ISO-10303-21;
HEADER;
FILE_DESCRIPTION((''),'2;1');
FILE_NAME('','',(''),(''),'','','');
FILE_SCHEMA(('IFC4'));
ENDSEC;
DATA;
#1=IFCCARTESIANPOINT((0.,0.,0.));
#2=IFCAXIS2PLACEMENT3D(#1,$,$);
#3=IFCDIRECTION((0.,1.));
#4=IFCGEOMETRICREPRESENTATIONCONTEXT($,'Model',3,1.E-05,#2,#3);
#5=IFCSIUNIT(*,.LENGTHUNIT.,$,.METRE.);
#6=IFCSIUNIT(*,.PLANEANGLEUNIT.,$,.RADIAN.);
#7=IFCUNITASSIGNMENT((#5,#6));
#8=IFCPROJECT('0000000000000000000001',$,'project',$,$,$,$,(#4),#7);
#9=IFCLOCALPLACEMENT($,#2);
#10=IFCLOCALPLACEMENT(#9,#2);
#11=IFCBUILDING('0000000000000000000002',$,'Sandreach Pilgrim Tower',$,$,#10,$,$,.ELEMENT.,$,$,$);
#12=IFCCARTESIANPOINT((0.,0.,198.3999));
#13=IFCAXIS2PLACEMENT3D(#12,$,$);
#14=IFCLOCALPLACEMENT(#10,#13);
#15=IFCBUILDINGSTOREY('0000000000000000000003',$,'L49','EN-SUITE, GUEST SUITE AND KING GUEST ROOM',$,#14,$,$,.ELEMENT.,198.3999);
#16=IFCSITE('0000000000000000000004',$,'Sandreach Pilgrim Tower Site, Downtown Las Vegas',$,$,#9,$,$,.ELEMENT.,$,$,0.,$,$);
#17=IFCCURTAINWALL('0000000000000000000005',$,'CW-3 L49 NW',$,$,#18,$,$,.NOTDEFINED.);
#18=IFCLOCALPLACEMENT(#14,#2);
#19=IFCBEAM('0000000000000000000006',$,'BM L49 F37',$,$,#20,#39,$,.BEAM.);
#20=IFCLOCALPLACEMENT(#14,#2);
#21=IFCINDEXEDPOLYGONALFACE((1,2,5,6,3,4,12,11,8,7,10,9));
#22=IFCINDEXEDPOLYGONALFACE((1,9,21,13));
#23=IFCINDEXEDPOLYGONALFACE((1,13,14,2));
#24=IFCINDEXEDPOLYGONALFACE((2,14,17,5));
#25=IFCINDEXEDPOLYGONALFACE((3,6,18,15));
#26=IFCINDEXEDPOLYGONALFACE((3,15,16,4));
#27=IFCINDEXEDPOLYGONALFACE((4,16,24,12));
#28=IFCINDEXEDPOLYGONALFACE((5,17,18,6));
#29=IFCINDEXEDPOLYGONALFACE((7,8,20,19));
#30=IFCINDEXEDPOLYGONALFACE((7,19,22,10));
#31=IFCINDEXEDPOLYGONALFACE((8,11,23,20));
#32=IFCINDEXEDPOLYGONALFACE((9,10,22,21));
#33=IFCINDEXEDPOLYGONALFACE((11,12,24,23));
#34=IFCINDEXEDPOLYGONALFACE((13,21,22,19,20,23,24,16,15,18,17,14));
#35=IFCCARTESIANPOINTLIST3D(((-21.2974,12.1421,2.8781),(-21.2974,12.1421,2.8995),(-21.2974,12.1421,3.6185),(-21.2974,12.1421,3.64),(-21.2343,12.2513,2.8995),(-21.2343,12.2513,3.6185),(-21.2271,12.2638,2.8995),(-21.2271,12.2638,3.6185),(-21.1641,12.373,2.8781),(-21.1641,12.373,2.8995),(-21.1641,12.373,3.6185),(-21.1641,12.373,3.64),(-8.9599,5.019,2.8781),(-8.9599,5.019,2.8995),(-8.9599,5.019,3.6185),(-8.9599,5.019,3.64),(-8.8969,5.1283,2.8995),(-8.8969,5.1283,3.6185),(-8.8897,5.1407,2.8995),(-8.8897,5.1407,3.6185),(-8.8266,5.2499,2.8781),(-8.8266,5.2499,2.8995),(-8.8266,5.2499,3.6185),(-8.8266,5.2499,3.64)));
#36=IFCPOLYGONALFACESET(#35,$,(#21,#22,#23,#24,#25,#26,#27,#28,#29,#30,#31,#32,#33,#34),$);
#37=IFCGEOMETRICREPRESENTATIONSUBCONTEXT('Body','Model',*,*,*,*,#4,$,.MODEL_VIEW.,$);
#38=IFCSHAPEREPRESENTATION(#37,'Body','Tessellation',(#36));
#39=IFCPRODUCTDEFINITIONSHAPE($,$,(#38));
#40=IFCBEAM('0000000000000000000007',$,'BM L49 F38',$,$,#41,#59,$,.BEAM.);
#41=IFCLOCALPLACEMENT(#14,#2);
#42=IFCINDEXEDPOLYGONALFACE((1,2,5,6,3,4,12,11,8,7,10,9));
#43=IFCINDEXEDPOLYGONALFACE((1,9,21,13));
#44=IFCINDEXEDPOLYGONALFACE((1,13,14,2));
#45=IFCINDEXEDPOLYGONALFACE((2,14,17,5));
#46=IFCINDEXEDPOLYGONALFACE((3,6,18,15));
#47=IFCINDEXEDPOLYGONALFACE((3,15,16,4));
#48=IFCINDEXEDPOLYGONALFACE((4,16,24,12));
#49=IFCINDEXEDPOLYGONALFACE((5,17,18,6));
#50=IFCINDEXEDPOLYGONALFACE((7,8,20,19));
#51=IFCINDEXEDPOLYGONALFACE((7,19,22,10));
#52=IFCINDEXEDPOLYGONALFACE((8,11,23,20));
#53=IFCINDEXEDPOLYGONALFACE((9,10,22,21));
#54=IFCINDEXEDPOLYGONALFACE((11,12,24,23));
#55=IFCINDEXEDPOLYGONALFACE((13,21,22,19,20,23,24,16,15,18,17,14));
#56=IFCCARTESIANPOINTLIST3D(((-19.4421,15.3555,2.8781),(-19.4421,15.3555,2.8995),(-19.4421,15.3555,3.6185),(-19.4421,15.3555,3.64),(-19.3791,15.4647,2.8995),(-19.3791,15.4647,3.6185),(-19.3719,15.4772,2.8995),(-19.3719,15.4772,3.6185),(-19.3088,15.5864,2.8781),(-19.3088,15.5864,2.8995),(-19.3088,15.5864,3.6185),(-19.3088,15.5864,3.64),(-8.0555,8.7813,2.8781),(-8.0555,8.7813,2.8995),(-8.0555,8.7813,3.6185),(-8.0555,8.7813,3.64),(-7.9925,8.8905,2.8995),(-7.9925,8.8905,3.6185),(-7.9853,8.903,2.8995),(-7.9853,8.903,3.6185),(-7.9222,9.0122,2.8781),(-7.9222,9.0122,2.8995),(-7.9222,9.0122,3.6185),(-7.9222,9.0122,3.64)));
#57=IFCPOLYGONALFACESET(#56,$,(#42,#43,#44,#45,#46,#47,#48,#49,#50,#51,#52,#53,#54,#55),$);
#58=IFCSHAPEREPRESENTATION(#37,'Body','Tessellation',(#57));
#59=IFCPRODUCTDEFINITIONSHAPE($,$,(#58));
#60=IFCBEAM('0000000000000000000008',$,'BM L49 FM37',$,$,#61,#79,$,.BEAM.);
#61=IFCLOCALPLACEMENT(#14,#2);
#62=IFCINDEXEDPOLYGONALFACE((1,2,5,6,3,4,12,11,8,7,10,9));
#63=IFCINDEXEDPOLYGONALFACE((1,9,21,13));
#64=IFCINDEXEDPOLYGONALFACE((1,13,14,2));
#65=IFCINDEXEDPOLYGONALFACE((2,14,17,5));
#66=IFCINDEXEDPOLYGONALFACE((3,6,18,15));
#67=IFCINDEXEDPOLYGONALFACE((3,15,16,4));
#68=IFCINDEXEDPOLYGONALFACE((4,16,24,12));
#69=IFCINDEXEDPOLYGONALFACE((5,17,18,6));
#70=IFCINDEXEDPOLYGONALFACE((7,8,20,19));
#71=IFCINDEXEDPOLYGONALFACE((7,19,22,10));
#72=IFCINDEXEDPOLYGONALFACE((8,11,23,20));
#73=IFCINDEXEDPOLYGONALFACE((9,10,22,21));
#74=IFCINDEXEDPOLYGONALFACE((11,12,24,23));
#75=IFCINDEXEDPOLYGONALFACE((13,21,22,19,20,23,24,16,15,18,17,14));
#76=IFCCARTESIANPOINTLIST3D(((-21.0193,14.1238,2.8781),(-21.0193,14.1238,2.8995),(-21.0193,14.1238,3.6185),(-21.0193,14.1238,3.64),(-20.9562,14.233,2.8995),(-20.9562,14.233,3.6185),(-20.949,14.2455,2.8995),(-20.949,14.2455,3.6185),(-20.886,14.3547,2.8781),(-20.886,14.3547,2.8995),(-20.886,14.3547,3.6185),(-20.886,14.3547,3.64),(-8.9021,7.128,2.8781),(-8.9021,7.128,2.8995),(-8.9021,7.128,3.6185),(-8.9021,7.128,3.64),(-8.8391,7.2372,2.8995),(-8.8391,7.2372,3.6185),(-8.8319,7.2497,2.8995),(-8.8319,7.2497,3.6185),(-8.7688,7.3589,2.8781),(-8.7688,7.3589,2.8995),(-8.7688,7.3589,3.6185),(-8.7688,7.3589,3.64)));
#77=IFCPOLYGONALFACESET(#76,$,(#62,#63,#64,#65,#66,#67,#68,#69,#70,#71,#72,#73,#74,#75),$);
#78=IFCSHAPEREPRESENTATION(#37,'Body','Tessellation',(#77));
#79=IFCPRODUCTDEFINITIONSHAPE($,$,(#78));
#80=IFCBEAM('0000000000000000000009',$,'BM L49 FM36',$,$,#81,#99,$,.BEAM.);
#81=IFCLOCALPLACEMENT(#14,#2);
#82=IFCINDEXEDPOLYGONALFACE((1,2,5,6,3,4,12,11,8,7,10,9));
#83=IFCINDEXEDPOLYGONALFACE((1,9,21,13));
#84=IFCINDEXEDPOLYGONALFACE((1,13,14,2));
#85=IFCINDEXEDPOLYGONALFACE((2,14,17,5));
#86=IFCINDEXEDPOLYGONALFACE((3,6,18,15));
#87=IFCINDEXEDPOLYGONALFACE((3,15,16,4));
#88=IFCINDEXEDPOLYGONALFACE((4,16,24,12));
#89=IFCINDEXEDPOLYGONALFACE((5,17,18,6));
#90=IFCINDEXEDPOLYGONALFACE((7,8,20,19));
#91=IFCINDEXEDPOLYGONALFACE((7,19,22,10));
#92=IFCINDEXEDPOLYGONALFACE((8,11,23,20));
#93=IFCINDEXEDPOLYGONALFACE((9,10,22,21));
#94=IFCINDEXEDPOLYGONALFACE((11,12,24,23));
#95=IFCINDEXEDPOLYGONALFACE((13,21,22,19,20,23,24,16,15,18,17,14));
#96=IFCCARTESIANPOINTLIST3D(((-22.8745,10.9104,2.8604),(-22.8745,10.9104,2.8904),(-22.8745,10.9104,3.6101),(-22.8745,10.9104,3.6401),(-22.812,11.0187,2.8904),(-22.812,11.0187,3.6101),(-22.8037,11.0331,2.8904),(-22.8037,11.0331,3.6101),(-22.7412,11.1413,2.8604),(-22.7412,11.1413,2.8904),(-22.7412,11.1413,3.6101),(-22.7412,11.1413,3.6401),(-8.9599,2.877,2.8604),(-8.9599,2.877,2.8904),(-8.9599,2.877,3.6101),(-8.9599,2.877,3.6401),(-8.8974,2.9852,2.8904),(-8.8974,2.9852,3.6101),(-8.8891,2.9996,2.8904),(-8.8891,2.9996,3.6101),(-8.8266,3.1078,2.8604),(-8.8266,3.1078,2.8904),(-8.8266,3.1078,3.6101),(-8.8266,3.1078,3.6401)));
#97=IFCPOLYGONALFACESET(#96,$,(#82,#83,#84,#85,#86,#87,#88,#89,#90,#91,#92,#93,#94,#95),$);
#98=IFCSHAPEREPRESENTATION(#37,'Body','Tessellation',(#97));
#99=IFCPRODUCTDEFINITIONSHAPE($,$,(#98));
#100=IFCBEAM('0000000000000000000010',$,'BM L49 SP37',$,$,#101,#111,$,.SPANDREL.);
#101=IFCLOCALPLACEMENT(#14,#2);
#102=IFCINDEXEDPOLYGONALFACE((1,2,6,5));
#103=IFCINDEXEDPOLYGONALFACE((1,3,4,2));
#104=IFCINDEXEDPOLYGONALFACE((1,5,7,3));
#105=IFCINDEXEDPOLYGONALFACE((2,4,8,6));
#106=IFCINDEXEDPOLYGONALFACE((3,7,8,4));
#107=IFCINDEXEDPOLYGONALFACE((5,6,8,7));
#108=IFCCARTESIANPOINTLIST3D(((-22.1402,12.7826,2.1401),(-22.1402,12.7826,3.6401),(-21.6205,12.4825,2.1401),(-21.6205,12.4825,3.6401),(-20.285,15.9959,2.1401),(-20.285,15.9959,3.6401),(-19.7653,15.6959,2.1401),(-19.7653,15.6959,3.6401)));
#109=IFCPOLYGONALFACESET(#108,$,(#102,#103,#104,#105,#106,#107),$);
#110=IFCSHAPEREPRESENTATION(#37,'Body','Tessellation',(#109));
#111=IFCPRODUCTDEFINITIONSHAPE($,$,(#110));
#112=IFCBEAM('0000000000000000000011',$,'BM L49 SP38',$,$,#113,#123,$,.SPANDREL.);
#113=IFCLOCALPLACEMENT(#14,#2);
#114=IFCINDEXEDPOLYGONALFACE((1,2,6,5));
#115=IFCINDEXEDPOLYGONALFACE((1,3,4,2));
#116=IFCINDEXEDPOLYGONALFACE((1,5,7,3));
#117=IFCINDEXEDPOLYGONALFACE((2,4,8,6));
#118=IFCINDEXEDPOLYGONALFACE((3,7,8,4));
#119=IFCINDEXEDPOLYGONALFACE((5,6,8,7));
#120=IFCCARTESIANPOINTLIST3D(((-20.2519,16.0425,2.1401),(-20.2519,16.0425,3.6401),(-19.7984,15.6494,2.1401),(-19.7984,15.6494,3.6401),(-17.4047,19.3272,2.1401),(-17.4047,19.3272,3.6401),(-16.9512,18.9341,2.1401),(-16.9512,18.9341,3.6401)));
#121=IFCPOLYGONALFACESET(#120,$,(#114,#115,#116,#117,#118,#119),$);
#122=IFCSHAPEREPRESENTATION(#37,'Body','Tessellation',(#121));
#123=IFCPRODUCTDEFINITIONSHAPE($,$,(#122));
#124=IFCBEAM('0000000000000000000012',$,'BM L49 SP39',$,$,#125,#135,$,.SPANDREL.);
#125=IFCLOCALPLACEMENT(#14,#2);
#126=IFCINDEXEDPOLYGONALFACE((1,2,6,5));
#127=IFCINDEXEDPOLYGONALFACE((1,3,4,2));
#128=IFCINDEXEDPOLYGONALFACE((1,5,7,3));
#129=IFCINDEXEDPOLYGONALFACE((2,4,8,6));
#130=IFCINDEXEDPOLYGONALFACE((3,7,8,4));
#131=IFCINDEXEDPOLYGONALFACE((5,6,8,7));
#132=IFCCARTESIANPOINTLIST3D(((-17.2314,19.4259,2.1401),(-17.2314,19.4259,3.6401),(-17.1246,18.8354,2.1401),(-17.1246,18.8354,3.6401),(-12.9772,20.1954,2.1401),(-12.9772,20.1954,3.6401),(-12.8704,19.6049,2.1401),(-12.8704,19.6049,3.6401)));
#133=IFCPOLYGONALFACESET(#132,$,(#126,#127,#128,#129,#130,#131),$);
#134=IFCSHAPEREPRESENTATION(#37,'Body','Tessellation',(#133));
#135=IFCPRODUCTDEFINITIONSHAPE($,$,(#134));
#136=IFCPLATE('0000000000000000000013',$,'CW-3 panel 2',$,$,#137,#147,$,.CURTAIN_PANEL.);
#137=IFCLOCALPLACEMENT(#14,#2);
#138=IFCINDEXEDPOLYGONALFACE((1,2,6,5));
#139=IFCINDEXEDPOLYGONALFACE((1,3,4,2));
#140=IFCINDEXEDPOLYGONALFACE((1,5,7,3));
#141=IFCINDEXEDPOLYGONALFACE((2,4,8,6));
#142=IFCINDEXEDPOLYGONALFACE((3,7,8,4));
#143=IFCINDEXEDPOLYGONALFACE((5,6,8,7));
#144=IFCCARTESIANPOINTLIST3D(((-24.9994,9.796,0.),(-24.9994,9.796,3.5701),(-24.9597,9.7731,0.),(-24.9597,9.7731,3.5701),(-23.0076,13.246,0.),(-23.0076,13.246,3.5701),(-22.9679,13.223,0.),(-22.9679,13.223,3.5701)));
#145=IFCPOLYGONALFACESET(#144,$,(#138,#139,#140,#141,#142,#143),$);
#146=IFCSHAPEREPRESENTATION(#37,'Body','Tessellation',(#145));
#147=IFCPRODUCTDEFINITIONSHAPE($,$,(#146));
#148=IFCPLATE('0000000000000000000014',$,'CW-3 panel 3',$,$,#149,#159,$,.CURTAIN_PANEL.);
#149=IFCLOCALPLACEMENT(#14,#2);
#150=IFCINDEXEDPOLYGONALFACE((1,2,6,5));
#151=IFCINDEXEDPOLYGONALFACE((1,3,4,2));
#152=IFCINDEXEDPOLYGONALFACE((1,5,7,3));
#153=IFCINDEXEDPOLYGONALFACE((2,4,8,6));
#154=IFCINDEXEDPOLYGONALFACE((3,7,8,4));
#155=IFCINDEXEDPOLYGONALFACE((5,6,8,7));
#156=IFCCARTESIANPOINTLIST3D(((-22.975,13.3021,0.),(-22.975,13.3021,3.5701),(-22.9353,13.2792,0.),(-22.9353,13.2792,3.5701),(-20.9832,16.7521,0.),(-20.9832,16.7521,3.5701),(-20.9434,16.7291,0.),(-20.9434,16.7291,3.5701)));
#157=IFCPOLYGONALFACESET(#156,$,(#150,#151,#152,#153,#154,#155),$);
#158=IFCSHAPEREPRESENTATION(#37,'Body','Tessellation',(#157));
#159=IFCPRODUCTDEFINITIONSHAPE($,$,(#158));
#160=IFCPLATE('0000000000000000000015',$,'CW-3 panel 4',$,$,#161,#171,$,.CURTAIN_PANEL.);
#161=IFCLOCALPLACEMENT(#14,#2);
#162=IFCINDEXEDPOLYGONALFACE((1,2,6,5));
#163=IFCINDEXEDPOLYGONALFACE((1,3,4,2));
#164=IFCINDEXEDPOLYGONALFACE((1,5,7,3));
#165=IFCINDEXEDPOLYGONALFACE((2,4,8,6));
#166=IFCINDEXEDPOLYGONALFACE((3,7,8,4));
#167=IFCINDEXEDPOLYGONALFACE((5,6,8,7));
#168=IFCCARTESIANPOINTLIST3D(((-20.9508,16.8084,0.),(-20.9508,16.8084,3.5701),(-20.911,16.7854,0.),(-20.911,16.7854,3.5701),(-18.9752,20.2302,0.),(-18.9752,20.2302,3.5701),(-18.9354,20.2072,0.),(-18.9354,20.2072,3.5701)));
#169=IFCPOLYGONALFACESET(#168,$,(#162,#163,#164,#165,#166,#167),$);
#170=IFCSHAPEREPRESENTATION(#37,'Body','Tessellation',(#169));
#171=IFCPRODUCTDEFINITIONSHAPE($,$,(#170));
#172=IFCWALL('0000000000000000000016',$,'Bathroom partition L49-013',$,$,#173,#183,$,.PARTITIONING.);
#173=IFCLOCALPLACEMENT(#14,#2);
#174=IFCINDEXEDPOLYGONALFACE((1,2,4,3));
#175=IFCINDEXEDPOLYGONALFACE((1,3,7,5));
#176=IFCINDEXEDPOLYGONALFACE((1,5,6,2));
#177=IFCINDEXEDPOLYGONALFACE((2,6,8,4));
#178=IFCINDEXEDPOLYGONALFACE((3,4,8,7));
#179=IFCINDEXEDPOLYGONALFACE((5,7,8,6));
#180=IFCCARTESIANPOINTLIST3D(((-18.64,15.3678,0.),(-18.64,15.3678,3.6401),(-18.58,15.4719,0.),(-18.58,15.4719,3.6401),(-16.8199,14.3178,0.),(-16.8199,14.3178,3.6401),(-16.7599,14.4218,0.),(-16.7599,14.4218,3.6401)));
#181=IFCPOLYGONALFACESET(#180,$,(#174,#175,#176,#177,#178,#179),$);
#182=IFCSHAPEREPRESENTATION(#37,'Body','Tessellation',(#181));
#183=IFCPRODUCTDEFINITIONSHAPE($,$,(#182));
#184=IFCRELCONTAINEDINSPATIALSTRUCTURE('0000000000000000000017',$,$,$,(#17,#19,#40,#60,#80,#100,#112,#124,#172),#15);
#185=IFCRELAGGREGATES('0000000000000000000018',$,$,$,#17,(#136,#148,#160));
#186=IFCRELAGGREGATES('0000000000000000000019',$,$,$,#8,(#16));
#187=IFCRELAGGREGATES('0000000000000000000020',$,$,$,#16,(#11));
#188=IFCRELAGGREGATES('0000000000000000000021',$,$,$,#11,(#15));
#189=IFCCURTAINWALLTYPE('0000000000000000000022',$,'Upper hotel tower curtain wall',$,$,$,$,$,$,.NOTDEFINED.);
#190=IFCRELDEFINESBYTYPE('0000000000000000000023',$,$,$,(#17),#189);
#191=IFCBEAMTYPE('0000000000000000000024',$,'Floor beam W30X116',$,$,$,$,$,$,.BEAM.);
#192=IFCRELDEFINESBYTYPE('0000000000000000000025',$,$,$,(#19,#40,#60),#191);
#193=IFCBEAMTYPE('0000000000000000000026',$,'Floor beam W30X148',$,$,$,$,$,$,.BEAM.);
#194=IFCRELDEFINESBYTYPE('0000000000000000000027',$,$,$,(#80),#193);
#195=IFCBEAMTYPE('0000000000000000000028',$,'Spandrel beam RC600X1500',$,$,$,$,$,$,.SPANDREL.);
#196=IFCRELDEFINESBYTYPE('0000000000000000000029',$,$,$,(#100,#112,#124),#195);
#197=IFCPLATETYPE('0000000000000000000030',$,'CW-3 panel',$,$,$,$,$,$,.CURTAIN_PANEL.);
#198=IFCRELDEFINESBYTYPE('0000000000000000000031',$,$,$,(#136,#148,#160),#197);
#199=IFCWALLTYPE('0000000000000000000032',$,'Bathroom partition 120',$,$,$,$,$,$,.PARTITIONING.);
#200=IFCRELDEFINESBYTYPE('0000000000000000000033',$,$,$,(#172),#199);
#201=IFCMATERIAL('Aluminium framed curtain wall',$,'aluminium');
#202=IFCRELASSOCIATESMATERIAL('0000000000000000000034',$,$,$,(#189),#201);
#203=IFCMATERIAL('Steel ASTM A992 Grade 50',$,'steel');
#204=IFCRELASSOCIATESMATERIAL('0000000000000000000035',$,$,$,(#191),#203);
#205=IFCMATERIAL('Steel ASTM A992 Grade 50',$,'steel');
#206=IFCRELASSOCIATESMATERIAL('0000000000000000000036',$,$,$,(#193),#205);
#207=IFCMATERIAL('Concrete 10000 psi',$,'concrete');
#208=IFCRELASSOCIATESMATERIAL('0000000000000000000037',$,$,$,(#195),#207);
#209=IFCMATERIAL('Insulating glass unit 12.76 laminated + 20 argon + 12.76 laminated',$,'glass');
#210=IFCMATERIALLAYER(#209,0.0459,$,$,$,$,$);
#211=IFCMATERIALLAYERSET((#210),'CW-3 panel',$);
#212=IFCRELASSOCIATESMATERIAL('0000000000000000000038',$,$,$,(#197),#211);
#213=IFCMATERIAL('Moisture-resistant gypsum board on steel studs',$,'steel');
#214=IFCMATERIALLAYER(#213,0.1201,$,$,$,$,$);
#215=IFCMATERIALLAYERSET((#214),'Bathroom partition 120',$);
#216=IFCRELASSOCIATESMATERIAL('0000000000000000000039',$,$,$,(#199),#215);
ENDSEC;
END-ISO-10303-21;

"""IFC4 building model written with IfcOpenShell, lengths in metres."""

from ifc_helpers import new_model, si_unit, direction, frame, frame_2d, origin, origin_2d, place, context, subcontext, project, spatial, rectangle, i_section, extrude, material, layer, layer_set, material_profile, profile_set, type_object, element, aggregate, save


model = new_model("IFC4")

# Units and contexts
model_context = context("Model", 3, precision=1e-05, world=origin(), true_north=direction((0.0, 1.0)))
body_context = subcontext(model_context, "Body", "Model", "MODEL_VIEW")
ifc_project = project(units=[si_unit("LENGTHUNIT", "METRE"), si_unit("PLANEANGLEUNIT", "RADIAN")], contexts=[model_context])

# Site, building, storey
site_placement = place(None, origin())
site = spatial("IfcSite", under=ifc_project, at=site_placement, Name="Sandreach Pilgrim Tower Site, Downtown Las Vegas", CompositionType="ELEMENT", RefElevation=0.0)
building_placement = place(site_placement, origin())
building = spatial("IfcBuilding", under=site, at=building_placement, Name="Sandreach Pilgrim Tower", CompositionType="ELEMENT")
storey_placement = place(building_placement, frame((0.0, 0.0, 198.3999)))
storey = spatial("IfcBuildingStorey", under=building, at=storey_placement, Name="L49", Description="EN-SUITE, GUEST SUITE AND KING GUEST ROOM", CompositionType="ELEMENT", Elevation=198.3999)

# Shared definitions
ifc_material_1 = material(Name="Aluminium framed curtain wall", Category="aluminium")
curtain_wall_type = type_object("IfcCurtainWallType", Name="Upper hotel tower curtain wall", PredefinedType="NOTDEFINED", material=ifc_material_1)

# Curtain wall
curtain_wall_1_placement = place(storey_placement, origin())
curtain_wall_1 = element("IfcCurtainWall", 1, at=curtain_wall_1_placement, inside=storey, type_object=curtain_wall_type, Name="CW-3 L49 NW", PredefinedType="NOTDEFINED")

# Beams
ifc_material_2 = material(Name="Steel ASTM A992 Grade 50", Category="steel")
ifc_material_profile_1 = material_profile(ifc_material_2, i_section(OverallWidth=0.2666, OverallDepth=0.762, WebThickness=0.0144, FlangeThickness=0.0215, at=origin_2d()), Name="W30X116")
ifc_profile_set_1 = profile_set([ifc_material_profile_1], Name="Steel ASTM A992 Grade 50")
beam_type_1 = type_object("IfcBeamType", Name="Floor beam W30X116", PredefinedType="BEAM", material=ifc_profile_set_1)
beam_1_placement = place(storey_placement, frame((-21.2307, 12.2576, 3.259), z_axis=(0.866024, -0.500002, 0.0), x_axis=(0.500002, 0.866024, 0.0)))
element("IfcBeam", 2, at=beam_1_placement, inside=storey, type_object=beam_type_1, Name="BM L49 F37", PredefinedType="BEAM", context=body_context, shape_type="SweptSolid", body=[
    extrude(i_section(OverallWidth=0.2666, OverallDepth=0.762, WebThickness=0.0144, FlangeThickness=0.0215, at=origin_2d()), origin(), (0.0, 0.0, 1.0), 14.2461),
])
beam_2_placement = place(storey_placement, frame((-19.3755, 15.4709, 3.259), z_axis=(0.866022, -0.500005, 0.0), x_axis=(0.500005, 0.866022, 0.0)))
element("IfcBeam", 3, at=beam_2_placement, inside=storey, type_object=beam_type_1, Name="BM L49 F38", PredefinedType="BEAM", context=body_context, shape_type="SweptSolid", body=[
    extrude(i_section(OverallWidth=0.2666, OverallDepth=0.762, WebThickness=0.0144, FlangeThickness=0.0215, at=origin_2d()), origin(), (0.0, 0.0, 1.0), 13.1482),
])
beam_3_placement = place(storey_placement, frame((-20.9526, 14.2393, 3.259), z_axis=(0.866026, -0.499999, 0.0), x_axis=(0.499999, 0.866026, 0.0)))
element("IfcBeam", 4, at=beam_3_placement, inside=storey, type_object=beam_type_1, Name="BM L49 FM37", PredefinedType="BEAM", context=body_context, shape_type="SweptSolid", body=[
    extrude(i_section(OverallWidth=0.2666, OverallDepth=0.762, WebThickness=0.0144, FlangeThickness=0.0215, at=origin_2d()), origin(), (0.0, 0.0, 1.0), 13.9917),
])
ifc_material_3 = material(Name="Steel ASTM A992 Grade 50", Category="steel")
ifc_material_profile_2 = material_profile(ifc_material_3, i_section(OverallWidth=0.2666, OverallDepth=0.7798, WebThickness=0.0166, FlangeThickness=0.03, at=origin_2d()), Name="W30X148")
ifc_profile_set_2 = profile_set([ifc_material_profile_2], Name="Steel ASTM A992 Grade 50")
beam_type_2 = type_object("IfcBeamType", Name="Floor beam W30X148", PredefinedType="BEAM", material=ifc_profile_set_2)
beam_4_placement = place(storey_placement, frame((-22.8079, 11.0259, 3.2502), z_axis=(0.866029, -0.499994, 0.0), x_axis=(0.499994, 0.866029, 0.0)))
element("IfcBeam", 5, at=beam_4_placement, inside=storey, type_object=beam_type_2, Name="BM L49 FM36", PredefinedType="BEAM", context=body_context, shape_type="SweptSolid", body=[
    extrude(i_section(OverallWidth=0.2666, OverallDepth=0.7798, WebThickness=0.0166, FlangeThickness=0.03, at=origin_2d()), origin(), (0.0, 0.0, 1.0), 16.0671),
])
ifc_material_4 = material(Name="Concrete 10000 psi", Category="concrete")
ifc_material_profile_3 = material_profile(ifc_material_4, rectangle(XDim=0.6001, YDim=1.5, at=origin_2d()), Name="RC600X1500")
ifc_profile_set_3 = profile_set([ifc_material_profile_3], Name="Concrete 10000 psi")
beam_type_3 = type_object("IfcBeamType", Name="Spandrel beam RC600X1500", PredefinedType="SPANDREL", material=ifc_profile_set_3)
beam_5_placement = place(storey_placement, frame((-21.8804, 12.6326, 2.8901), z_axis=(0.499996, 0.866028, 0.0), x_axis=(-0.866028, 0.499996, 0.0)))
element("IfcBeam", 6, at=beam_5_placement, inside=storey, type_object=beam_type_3, Name="BM L49 SP37", PredefinedType="SPANDREL", context=body_context, shape_type="SweptSolid", body=[
    extrude(rectangle(XDim=0.6001, YDim=1.5, at=origin_2d()), origin(), (0.0, 0.0, 1.0), 3.7104),
])
beam_6_placement = place(storey_placement, frame((-20.0251, 15.8459, 2.8901), z_axis=(0.65499, 0.755637, 0.0), x_axis=(-0.755637, 0.65499, 0.0)))
element("IfcBeam", 7, at=beam_6_placement, inside=storey, type_object=beam_type_3, Name="BM L49 SP38", PredefinedType="SPANDREL", context=body_context, shape_type="SweptSolid", body=[
    extrude(rectangle(XDim=0.6001, YDim=1.5, at=origin_2d()), origin(), (0.0, 0.0, 1.0), 4.3469),
])
beam_7_placement = place(storey_placement, frame((-17.178, 19.1306, 2.8901), z_axis=(0.98403, 0.178001, 0.0), x_axis=(-0.178001, 0.98403, 0.0)))
element("IfcBeam", 8, at=beam_7_placement, inside=storey, type_object=beam_type_3, Name="BM L49 SP39", PredefinedType="SPANDREL", context=body_context, shape_type="SweptSolid", body=[
    extrude(rectangle(XDim=0.6001, YDim=1.5, at=origin_2d()), origin(), (0.0, 0.0, 1.0), 4.3232),
])

# Plates
ifc_material_5 = material(Name="Insulating glass unit 12.76 laminated + 20 argon + 12.76 laminated", Category="glass")
ifc_layer_1 = layer(ifc_material_5, 0.0459)
ifc_layer_set_1 = layer_set([ifc_layer_1], Name="CW-3 panel")
plate_type = type_object("IfcPlateType", Name="CW-3 panel", PredefinedType="CURTAIN_PANEL", material=ifc_layer_set_1)
plate_1_placement = place(storey_placement, frame((-23.9836, 11.5095, 0.0), z_axis=(0.0, 0.0, 1.0), x_axis=(0.5, 0.866025, 0.0)))
plate_1 = element("IfcPlate", 9, at=plate_1_placement, type_object=plate_type, Name="CW-3 panel 2", PredefinedType="CURTAIN_PANEL", context=body_context, shape_type="SweptSolid", body=[
    extrude(rectangle(XDim=3.9836, YDim=0.0459, at=origin_2d()), origin(), (0.0, 0.0, 1.0), 3.5701),
])
plate_2_placement = place(storey_placement, frame((-21.9592, 15.0156, 0.0), z_axis=(0.0, 0.0, 1.0), x_axis=(0.5, 0.866025, 0.0)))
plate_2 = element("IfcPlate", 10, at=plate_2_placement, type_object=plate_type, Name="CW-3 panel 3", PredefinedType="CURTAIN_PANEL", context=body_context, shape_type="SweptSolid", body=[
    extrude(rectangle(XDim=3.9836, YDim=0.0459, at=origin_2d()), origin(), (0.0, 0.0, 1.0), 3.5701),
])
plate_3_placement = place(storey_placement, frame((-19.9431, 18.5078, 0.0), z_axis=(0.0, 0.0, 1.0), x_axis=(0.5, 0.866025, 0.0)))
plate_3 = element("IfcPlate", 11, at=plate_3_placement, type_object=plate_type, Name="CW-3 panel 4", PredefinedType="CURTAIN_PANEL", context=body_context, shape_type="SweptSolid", body=[
    extrude(rectangle(XDim=3.9512, YDim=0.0459, at=origin_2d()), origin(), (0.0, 0.0, 1.0), 3.5701),
])
aggregate(curtain_wall_1, [plate_1, plate_2, plate_3])

# Wall
ifc_material_6 = material(Name="Moisture-resistant gypsum board on steel studs", Category="steel")
ifc_layer_2 = layer(ifc_material_6, 0.1201)
ifc_layer_set_2 = layer_set([ifc_layer_2], Name="Bathroom partition 120")
wall_type_1 = type_object("IfcWallType", Name="Bathroom partition 120", PredefinedType="PARTITIONING", material=ifc_layer_set_2)
wall_1_placement = place(storey_placement, frame((-18.6101, 15.4199, 0.0), z_axis=(0.0, 0.0, 1.0), x_axis=(0.866184, -0.499726, 0.0)))
element("IfcWall", 12, at=wall_1_placement, inside=storey, type_object=wall_type_1, Name="Bathroom partition L49-013", PredefinedType="PARTITIONING", context=body_context, shape_type="SweptSolid", body=[
    extrude(rectangle(XDim=2.1013, YDim=0.1201, at=frame_2d((1.0508, 0.0))), origin(), (0.0, 0.0, 1.0), 3.6401),
])

save(model, "model.ifc")
